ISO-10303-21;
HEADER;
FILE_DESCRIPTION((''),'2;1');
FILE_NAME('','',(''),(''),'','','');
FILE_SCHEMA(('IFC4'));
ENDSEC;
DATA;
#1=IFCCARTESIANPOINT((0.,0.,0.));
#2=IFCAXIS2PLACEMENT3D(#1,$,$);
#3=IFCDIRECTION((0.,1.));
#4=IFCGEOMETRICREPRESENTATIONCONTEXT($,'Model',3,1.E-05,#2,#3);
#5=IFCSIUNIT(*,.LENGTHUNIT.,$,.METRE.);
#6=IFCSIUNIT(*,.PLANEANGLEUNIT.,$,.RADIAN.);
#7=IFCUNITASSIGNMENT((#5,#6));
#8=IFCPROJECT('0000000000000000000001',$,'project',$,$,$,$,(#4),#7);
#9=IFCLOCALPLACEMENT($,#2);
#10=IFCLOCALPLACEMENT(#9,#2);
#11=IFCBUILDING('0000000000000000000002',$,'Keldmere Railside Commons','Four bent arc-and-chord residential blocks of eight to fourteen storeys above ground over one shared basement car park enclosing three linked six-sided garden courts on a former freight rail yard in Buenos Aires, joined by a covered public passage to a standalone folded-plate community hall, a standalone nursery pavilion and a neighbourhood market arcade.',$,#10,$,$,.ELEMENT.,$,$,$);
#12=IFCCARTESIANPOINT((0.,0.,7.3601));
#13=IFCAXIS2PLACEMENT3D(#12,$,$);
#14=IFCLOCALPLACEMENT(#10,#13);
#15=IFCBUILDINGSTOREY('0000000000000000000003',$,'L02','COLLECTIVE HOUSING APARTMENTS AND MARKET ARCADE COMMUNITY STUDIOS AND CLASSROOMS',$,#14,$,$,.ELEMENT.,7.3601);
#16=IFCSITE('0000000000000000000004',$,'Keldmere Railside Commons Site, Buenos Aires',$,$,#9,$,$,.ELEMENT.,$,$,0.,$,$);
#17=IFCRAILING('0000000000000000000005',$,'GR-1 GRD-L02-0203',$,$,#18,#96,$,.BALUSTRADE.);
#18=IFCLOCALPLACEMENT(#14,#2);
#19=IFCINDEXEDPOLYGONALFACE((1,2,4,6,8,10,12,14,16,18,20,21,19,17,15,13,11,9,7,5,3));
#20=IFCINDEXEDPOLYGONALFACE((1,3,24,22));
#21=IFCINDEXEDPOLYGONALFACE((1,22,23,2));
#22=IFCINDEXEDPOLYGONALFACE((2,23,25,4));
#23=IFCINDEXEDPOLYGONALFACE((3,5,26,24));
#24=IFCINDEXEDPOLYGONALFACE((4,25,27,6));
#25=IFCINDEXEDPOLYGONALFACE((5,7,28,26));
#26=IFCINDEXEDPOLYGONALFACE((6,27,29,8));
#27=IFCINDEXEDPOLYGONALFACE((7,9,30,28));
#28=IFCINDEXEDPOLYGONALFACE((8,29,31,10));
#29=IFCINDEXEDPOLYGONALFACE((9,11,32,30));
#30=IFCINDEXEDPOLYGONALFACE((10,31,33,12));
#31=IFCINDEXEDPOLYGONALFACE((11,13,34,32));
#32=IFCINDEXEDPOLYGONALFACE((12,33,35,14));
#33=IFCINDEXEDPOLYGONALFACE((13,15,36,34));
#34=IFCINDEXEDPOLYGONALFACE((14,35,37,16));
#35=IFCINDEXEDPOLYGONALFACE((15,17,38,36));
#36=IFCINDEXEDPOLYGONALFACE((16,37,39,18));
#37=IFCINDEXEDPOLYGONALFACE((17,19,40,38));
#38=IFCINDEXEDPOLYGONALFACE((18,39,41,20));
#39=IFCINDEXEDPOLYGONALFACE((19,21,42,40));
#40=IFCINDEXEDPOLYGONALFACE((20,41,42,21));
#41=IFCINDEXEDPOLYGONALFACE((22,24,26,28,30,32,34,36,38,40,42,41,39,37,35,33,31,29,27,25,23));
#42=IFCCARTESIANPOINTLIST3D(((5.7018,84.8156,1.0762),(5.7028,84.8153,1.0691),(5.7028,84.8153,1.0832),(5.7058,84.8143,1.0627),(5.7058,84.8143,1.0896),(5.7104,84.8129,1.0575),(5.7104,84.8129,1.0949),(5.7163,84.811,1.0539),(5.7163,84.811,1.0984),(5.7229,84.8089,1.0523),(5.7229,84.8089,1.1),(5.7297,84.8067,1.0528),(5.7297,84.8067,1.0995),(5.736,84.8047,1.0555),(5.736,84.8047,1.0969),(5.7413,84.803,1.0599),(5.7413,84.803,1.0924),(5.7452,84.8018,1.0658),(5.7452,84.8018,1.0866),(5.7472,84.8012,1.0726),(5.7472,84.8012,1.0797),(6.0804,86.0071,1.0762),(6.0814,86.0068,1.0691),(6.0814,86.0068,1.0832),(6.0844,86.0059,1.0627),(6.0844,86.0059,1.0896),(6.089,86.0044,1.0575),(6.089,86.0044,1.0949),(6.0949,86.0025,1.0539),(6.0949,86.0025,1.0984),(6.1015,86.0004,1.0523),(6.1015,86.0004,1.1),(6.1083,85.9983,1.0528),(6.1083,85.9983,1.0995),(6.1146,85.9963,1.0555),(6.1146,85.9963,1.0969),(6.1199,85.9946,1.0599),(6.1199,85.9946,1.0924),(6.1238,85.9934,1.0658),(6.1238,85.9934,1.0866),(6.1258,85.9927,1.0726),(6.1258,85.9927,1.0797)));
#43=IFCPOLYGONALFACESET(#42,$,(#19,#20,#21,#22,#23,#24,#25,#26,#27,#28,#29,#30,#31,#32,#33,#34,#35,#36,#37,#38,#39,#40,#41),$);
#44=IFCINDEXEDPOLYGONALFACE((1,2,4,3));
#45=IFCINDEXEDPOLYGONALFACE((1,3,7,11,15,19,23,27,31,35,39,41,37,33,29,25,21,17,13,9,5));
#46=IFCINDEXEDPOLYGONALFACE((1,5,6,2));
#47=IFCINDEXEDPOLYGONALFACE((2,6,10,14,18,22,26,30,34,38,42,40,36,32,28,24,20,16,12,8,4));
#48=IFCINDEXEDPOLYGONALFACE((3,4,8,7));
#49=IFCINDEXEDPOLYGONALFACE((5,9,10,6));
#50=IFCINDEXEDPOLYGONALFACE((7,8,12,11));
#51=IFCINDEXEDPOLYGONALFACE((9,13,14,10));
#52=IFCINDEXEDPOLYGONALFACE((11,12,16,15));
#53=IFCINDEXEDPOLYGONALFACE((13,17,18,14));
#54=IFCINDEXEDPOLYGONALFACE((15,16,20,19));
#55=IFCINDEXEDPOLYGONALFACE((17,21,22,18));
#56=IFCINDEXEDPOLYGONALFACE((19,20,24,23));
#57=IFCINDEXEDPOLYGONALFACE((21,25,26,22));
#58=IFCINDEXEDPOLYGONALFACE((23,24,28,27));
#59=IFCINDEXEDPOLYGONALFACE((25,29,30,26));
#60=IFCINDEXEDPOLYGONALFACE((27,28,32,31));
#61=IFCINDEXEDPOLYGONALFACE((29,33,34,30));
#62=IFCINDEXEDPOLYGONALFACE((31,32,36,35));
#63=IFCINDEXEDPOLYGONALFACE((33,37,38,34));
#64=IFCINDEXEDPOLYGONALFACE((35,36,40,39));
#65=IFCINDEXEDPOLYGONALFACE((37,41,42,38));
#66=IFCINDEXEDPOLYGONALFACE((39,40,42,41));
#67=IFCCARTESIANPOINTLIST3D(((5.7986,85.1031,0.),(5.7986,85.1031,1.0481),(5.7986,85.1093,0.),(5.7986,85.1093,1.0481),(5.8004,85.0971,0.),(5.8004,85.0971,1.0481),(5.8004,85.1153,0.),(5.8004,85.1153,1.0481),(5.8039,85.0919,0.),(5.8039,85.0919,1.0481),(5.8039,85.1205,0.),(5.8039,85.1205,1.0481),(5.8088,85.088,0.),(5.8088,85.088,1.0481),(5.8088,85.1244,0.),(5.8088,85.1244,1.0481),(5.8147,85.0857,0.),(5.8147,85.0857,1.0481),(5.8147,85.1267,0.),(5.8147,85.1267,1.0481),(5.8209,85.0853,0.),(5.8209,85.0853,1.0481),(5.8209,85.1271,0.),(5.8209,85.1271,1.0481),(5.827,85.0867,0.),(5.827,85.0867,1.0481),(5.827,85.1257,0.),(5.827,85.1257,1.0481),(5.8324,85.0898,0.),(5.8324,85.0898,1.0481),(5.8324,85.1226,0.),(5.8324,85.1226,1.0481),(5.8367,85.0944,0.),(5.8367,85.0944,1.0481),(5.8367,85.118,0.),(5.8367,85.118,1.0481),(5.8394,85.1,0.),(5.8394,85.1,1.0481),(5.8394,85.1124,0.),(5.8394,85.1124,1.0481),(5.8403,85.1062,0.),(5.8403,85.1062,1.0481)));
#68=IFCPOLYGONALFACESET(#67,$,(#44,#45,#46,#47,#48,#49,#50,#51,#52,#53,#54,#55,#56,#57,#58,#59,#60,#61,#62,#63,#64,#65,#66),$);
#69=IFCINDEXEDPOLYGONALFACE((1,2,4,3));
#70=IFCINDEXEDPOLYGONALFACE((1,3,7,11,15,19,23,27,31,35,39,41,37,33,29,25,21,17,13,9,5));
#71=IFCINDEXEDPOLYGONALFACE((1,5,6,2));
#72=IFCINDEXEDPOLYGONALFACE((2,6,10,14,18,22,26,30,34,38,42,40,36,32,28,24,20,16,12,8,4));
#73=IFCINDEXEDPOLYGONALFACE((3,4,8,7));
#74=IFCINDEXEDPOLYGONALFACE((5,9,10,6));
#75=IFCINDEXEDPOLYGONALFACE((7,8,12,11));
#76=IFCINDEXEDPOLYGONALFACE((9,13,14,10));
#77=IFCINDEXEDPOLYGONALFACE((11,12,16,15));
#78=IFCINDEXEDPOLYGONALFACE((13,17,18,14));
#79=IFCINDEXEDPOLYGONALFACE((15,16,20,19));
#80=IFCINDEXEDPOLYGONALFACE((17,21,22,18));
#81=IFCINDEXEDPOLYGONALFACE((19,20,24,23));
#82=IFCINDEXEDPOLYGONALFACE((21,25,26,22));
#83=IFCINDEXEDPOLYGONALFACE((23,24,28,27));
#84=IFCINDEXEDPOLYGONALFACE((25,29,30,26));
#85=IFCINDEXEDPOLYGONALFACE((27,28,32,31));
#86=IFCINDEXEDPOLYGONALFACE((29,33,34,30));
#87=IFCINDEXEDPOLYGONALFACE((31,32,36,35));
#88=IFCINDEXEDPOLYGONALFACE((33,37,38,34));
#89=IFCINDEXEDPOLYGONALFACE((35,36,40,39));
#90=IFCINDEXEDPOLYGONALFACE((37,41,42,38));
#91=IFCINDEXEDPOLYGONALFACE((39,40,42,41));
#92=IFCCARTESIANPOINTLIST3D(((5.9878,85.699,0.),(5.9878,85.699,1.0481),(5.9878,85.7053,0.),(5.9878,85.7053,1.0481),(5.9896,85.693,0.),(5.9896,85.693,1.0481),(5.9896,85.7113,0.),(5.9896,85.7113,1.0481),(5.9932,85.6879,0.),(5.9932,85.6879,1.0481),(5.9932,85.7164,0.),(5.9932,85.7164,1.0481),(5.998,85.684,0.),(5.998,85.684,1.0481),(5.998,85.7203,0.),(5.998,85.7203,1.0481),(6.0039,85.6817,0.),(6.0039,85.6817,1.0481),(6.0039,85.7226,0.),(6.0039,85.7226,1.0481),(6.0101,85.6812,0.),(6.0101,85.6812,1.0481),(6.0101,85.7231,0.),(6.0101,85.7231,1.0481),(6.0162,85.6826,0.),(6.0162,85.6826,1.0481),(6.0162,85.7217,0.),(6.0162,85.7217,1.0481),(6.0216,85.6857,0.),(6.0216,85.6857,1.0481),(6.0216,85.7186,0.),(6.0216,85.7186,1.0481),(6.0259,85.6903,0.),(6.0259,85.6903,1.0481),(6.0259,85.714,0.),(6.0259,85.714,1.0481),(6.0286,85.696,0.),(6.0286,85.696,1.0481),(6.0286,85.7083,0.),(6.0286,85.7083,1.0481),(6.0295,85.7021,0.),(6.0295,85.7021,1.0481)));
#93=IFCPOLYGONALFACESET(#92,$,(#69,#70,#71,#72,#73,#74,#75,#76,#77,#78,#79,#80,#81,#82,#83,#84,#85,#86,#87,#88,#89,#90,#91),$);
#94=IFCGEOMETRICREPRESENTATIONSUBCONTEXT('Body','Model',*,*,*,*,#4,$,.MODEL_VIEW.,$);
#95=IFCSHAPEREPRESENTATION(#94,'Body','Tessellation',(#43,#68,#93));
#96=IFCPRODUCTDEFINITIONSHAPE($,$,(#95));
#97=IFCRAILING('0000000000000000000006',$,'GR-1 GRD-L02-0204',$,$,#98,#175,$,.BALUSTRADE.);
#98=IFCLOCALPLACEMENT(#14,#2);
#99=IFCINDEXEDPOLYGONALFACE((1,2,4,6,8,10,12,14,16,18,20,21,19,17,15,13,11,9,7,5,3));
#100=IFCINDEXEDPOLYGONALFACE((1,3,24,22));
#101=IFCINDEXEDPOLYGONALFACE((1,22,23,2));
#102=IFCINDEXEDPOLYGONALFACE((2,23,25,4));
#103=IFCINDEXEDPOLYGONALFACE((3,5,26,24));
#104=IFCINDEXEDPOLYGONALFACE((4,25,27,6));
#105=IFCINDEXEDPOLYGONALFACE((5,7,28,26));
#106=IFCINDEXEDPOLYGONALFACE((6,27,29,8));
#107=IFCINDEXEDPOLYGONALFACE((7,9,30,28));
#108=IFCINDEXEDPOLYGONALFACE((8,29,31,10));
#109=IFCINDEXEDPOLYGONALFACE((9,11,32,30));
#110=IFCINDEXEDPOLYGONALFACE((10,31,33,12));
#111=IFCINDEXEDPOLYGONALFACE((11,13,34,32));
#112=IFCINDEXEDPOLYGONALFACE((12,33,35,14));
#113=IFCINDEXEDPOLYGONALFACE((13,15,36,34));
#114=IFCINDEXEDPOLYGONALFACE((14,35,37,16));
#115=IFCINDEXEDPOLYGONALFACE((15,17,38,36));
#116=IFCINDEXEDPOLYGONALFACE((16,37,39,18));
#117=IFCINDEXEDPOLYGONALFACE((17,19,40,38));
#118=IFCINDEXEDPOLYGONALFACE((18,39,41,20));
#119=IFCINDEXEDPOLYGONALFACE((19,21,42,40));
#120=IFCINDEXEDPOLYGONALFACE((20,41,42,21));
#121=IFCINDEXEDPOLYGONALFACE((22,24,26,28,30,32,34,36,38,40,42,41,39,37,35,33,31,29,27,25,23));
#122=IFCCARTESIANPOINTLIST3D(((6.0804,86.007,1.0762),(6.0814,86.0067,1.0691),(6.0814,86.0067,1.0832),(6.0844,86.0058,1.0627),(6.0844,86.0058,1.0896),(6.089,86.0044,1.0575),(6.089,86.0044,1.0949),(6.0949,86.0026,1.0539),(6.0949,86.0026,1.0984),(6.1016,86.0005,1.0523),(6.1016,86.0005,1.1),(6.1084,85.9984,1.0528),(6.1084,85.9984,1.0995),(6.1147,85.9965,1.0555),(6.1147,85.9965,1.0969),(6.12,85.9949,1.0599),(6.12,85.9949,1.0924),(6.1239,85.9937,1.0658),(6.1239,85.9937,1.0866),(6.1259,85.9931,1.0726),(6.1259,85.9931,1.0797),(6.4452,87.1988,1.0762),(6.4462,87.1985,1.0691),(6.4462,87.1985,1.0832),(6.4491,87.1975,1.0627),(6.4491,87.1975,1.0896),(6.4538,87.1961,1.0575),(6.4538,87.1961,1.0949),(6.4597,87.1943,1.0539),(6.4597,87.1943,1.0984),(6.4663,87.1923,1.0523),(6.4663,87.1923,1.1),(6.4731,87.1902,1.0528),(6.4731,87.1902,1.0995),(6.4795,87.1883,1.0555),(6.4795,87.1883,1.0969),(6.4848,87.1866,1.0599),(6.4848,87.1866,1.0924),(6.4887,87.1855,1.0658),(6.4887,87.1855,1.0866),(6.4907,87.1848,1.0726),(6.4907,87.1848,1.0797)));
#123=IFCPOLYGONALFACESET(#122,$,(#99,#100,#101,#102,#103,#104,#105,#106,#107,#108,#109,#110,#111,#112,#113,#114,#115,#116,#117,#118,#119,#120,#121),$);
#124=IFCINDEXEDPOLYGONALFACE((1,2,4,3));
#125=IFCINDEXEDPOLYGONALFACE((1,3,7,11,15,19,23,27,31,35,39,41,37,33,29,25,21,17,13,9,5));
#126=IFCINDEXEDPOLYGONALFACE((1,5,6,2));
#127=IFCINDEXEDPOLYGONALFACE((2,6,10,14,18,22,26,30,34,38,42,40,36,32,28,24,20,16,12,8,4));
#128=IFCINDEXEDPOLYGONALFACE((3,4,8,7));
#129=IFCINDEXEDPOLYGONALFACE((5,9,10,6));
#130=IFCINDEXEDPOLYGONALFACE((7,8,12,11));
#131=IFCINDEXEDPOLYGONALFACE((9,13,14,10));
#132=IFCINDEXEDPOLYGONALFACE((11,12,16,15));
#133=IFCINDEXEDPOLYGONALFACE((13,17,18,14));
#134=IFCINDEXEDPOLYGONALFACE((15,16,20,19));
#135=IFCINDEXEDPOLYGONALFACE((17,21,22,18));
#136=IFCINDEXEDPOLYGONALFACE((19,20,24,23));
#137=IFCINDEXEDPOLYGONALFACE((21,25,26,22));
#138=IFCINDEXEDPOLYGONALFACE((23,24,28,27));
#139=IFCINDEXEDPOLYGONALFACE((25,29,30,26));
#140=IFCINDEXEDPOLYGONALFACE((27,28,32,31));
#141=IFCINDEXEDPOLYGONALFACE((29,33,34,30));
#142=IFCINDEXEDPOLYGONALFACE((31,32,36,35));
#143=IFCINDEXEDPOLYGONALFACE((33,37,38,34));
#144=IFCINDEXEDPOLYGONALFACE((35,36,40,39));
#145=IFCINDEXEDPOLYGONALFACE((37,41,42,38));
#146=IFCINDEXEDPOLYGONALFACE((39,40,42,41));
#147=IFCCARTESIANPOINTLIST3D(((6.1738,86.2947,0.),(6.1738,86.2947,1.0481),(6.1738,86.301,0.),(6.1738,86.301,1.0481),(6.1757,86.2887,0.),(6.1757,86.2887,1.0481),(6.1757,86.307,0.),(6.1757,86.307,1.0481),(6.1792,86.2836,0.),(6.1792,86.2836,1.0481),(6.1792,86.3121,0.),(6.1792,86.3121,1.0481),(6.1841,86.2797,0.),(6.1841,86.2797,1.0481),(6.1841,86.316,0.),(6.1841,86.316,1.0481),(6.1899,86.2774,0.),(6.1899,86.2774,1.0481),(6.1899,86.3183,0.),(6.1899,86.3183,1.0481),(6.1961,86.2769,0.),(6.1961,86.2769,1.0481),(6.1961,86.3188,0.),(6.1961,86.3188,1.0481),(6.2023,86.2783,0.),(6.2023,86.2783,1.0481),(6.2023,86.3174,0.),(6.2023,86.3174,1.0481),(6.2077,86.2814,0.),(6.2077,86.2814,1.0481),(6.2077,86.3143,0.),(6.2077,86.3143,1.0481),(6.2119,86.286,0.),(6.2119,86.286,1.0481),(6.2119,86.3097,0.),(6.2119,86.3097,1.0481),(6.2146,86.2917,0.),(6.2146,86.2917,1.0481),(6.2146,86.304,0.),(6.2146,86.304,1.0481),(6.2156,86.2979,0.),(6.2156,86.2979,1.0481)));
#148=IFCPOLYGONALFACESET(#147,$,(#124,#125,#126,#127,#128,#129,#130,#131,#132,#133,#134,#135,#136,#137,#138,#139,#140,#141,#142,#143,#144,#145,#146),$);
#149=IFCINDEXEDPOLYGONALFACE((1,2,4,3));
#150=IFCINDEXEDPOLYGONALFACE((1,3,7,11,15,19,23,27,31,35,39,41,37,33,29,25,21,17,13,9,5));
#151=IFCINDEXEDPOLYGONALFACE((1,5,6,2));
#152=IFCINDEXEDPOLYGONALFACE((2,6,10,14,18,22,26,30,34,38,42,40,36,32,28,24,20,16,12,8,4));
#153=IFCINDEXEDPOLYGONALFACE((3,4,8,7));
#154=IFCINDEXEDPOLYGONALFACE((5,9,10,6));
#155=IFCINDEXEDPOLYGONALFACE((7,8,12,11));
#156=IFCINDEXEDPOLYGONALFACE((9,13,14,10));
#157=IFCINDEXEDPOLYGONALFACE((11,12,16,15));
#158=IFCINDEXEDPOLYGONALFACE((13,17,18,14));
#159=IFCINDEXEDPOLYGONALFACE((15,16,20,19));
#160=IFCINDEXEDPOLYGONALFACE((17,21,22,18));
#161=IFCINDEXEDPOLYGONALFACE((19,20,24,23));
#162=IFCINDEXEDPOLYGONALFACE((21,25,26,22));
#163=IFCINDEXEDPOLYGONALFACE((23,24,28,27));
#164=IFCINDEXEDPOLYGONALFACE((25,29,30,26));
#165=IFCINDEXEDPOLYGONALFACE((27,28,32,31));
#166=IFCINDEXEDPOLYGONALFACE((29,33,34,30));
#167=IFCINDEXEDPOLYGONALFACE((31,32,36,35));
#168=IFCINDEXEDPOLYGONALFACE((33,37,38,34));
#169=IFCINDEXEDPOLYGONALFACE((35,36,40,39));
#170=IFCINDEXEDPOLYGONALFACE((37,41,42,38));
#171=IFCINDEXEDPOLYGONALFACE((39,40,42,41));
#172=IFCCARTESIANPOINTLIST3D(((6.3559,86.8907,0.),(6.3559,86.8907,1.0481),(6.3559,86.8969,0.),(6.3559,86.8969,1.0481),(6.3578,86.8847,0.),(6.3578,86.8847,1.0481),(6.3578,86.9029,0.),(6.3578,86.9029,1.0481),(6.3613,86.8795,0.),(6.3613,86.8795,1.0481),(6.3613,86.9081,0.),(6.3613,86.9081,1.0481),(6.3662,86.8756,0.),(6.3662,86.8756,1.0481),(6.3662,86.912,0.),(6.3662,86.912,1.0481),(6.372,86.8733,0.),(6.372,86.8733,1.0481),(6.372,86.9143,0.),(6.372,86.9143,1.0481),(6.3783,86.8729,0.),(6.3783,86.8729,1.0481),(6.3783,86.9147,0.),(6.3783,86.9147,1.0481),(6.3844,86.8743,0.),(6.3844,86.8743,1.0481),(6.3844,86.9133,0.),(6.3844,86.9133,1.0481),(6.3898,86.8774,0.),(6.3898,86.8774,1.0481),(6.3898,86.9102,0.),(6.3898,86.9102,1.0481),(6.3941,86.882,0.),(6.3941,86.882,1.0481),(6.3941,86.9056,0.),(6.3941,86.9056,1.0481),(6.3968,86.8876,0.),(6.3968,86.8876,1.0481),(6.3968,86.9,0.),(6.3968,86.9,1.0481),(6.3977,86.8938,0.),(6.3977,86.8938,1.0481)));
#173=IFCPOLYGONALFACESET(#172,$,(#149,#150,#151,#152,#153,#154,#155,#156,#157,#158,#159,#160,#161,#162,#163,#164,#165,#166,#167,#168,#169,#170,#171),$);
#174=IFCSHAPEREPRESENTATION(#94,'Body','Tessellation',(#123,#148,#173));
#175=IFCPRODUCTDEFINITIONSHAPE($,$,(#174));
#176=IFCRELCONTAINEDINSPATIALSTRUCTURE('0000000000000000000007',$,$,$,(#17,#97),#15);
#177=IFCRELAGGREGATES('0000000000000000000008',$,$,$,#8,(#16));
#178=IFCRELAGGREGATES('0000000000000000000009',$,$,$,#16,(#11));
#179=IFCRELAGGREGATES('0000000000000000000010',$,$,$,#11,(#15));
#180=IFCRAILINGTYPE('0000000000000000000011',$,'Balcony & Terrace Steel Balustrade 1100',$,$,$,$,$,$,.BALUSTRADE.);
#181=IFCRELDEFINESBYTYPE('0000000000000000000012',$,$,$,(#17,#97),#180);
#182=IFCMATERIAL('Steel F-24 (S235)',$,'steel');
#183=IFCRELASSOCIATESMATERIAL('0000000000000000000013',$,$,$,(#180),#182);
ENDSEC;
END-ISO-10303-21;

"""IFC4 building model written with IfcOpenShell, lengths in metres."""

from ifc_helpers import new_model, si_unit, direction, frame, origin, origin_2d, place, context, subcontext, project, spatial, circle, extrude, material, type_object, element, save


model = new_model("IFC4")

# Units and contexts
model_context = context("Model", 3, precision=1e-05, world=origin(), true_north=direction((0.0, 1.0)))
body_context = subcontext(model_context, "Body", "Model", "MODEL_VIEW")
ifc_project = project(units=[si_unit("LENGTHUNIT", "METRE"), si_unit("PLANEANGLEUNIT", "RADIAN")], contexts=[model_context])

# Site, building, storey
site_placement = place(None, origin())
site = spatial("IfcSite", under=ifc_project, at=site_placement, Name="Keldmere Railside Commons Site, Buenos Aires", CompositionType="ELEMENT", RefElevation=0.0)
building_placement = place(site_placement, origin())
building = spatial("IfcBuilding", under=site, at=building_placement, Name="Keldmere Railside Commons", Description="Four bent arc-and-chord residential blocks of eight to fourteen storeys above ground over one shared basement car park enclosing three linked six-sided garden courts on a former freight rail yard in Buenos Aires, joined by a covered public passage to a standalone folded-plate community hall, a standalone nursery pavilion and a neighbourhood market arcade.", CompositionType="ELEMENT")
storey_placement = place(building_placement, frame((0.0, 0.0, 7.3601)))
storey = spatial("IfcBuildingStorey", under=building, at=storey_placement, Name="L02", Description="COLLECTIVE HOUSING APARTMENTS AND MARKET ARCADE COMMUNITY STUDIOS AND CLASSROOMS", CompositionType="ELEMENT", Elevation=7.3601)

# Railings
ifc_material_1 = material(Name="Steel F-24 (S235)", Category="steel")
railing_type = type_object("IfcRailingType", Name="Balcony & Terrace Steel Balustrade 1100", PredefinedType="BALUSTRADE", material=ifc_material_1)
railing_1_placement = place(storey_placement, frame((5.7246, 84.8083, 0.0)))
element("IfcRailing", 1, at=railing_1_placement, inside=storey, type_object=railing_type, Name="GR-1 GRD-L02-0203", PredefinedType="BALUSTRADE", context=body_context, shape_type="SweptSolid", body=[
    extrude(circle(Radius=0.0239, at=origin_2d()), frame((0.0, 0.0, 1.0762), z_axis=(0.302841, 0.953041, 0.0), x_axis=(-0.953041, 0.302841, 0.0)), (0.0, 0.0, 1.0), 1.2502),
    extrude(circle(Radius=0.021, at=origin_2d()), frame((0.0947, 0.2979, 0.0)), (0.0, 0.0, 1.0), 1.0481),
    extrude(circle(Radius=0.021, at=origin_2d()), frame((0.2839, 0.8938, 0.0)), (0.0, 0.0, 1.0), 1.0481),
])
railing_2_placement = place(storey_placement, frame((6.1033, 86.0, 0.0)))
element("IfcRailing", 2, at=railing_2_placement, inside=storey, type_object=railing_type, Name="GR-1 GRD-L02-0204", PredefinedType="BALUSTRADE", context=body_context, shape_type="SweptSolid", body=[
    extrude(circle(Radius=0.0239, at=origin_2d()), frame((0.0, 0.0, 1.0762), z_axis=(0.292681, 0.95621, 0.0), x_axis=(-0.95621, 0.292681, 0.0)), (0.0, 0.0, 1.0), 1.2463),
    extrude(circle(Radius=0.021, at=origin_2d()), frame((0.0913, 0.2979, 0.0)), (0.0, 0.0, 1.0), 1.0481),
    extrude(circle(Radius=0.021, at=origin_2d()), frame((0.2734, 0.8938, 0.0)), (0.0, 0.0, 1.0), 1.0481),
])

save(model, "model.ifc")
